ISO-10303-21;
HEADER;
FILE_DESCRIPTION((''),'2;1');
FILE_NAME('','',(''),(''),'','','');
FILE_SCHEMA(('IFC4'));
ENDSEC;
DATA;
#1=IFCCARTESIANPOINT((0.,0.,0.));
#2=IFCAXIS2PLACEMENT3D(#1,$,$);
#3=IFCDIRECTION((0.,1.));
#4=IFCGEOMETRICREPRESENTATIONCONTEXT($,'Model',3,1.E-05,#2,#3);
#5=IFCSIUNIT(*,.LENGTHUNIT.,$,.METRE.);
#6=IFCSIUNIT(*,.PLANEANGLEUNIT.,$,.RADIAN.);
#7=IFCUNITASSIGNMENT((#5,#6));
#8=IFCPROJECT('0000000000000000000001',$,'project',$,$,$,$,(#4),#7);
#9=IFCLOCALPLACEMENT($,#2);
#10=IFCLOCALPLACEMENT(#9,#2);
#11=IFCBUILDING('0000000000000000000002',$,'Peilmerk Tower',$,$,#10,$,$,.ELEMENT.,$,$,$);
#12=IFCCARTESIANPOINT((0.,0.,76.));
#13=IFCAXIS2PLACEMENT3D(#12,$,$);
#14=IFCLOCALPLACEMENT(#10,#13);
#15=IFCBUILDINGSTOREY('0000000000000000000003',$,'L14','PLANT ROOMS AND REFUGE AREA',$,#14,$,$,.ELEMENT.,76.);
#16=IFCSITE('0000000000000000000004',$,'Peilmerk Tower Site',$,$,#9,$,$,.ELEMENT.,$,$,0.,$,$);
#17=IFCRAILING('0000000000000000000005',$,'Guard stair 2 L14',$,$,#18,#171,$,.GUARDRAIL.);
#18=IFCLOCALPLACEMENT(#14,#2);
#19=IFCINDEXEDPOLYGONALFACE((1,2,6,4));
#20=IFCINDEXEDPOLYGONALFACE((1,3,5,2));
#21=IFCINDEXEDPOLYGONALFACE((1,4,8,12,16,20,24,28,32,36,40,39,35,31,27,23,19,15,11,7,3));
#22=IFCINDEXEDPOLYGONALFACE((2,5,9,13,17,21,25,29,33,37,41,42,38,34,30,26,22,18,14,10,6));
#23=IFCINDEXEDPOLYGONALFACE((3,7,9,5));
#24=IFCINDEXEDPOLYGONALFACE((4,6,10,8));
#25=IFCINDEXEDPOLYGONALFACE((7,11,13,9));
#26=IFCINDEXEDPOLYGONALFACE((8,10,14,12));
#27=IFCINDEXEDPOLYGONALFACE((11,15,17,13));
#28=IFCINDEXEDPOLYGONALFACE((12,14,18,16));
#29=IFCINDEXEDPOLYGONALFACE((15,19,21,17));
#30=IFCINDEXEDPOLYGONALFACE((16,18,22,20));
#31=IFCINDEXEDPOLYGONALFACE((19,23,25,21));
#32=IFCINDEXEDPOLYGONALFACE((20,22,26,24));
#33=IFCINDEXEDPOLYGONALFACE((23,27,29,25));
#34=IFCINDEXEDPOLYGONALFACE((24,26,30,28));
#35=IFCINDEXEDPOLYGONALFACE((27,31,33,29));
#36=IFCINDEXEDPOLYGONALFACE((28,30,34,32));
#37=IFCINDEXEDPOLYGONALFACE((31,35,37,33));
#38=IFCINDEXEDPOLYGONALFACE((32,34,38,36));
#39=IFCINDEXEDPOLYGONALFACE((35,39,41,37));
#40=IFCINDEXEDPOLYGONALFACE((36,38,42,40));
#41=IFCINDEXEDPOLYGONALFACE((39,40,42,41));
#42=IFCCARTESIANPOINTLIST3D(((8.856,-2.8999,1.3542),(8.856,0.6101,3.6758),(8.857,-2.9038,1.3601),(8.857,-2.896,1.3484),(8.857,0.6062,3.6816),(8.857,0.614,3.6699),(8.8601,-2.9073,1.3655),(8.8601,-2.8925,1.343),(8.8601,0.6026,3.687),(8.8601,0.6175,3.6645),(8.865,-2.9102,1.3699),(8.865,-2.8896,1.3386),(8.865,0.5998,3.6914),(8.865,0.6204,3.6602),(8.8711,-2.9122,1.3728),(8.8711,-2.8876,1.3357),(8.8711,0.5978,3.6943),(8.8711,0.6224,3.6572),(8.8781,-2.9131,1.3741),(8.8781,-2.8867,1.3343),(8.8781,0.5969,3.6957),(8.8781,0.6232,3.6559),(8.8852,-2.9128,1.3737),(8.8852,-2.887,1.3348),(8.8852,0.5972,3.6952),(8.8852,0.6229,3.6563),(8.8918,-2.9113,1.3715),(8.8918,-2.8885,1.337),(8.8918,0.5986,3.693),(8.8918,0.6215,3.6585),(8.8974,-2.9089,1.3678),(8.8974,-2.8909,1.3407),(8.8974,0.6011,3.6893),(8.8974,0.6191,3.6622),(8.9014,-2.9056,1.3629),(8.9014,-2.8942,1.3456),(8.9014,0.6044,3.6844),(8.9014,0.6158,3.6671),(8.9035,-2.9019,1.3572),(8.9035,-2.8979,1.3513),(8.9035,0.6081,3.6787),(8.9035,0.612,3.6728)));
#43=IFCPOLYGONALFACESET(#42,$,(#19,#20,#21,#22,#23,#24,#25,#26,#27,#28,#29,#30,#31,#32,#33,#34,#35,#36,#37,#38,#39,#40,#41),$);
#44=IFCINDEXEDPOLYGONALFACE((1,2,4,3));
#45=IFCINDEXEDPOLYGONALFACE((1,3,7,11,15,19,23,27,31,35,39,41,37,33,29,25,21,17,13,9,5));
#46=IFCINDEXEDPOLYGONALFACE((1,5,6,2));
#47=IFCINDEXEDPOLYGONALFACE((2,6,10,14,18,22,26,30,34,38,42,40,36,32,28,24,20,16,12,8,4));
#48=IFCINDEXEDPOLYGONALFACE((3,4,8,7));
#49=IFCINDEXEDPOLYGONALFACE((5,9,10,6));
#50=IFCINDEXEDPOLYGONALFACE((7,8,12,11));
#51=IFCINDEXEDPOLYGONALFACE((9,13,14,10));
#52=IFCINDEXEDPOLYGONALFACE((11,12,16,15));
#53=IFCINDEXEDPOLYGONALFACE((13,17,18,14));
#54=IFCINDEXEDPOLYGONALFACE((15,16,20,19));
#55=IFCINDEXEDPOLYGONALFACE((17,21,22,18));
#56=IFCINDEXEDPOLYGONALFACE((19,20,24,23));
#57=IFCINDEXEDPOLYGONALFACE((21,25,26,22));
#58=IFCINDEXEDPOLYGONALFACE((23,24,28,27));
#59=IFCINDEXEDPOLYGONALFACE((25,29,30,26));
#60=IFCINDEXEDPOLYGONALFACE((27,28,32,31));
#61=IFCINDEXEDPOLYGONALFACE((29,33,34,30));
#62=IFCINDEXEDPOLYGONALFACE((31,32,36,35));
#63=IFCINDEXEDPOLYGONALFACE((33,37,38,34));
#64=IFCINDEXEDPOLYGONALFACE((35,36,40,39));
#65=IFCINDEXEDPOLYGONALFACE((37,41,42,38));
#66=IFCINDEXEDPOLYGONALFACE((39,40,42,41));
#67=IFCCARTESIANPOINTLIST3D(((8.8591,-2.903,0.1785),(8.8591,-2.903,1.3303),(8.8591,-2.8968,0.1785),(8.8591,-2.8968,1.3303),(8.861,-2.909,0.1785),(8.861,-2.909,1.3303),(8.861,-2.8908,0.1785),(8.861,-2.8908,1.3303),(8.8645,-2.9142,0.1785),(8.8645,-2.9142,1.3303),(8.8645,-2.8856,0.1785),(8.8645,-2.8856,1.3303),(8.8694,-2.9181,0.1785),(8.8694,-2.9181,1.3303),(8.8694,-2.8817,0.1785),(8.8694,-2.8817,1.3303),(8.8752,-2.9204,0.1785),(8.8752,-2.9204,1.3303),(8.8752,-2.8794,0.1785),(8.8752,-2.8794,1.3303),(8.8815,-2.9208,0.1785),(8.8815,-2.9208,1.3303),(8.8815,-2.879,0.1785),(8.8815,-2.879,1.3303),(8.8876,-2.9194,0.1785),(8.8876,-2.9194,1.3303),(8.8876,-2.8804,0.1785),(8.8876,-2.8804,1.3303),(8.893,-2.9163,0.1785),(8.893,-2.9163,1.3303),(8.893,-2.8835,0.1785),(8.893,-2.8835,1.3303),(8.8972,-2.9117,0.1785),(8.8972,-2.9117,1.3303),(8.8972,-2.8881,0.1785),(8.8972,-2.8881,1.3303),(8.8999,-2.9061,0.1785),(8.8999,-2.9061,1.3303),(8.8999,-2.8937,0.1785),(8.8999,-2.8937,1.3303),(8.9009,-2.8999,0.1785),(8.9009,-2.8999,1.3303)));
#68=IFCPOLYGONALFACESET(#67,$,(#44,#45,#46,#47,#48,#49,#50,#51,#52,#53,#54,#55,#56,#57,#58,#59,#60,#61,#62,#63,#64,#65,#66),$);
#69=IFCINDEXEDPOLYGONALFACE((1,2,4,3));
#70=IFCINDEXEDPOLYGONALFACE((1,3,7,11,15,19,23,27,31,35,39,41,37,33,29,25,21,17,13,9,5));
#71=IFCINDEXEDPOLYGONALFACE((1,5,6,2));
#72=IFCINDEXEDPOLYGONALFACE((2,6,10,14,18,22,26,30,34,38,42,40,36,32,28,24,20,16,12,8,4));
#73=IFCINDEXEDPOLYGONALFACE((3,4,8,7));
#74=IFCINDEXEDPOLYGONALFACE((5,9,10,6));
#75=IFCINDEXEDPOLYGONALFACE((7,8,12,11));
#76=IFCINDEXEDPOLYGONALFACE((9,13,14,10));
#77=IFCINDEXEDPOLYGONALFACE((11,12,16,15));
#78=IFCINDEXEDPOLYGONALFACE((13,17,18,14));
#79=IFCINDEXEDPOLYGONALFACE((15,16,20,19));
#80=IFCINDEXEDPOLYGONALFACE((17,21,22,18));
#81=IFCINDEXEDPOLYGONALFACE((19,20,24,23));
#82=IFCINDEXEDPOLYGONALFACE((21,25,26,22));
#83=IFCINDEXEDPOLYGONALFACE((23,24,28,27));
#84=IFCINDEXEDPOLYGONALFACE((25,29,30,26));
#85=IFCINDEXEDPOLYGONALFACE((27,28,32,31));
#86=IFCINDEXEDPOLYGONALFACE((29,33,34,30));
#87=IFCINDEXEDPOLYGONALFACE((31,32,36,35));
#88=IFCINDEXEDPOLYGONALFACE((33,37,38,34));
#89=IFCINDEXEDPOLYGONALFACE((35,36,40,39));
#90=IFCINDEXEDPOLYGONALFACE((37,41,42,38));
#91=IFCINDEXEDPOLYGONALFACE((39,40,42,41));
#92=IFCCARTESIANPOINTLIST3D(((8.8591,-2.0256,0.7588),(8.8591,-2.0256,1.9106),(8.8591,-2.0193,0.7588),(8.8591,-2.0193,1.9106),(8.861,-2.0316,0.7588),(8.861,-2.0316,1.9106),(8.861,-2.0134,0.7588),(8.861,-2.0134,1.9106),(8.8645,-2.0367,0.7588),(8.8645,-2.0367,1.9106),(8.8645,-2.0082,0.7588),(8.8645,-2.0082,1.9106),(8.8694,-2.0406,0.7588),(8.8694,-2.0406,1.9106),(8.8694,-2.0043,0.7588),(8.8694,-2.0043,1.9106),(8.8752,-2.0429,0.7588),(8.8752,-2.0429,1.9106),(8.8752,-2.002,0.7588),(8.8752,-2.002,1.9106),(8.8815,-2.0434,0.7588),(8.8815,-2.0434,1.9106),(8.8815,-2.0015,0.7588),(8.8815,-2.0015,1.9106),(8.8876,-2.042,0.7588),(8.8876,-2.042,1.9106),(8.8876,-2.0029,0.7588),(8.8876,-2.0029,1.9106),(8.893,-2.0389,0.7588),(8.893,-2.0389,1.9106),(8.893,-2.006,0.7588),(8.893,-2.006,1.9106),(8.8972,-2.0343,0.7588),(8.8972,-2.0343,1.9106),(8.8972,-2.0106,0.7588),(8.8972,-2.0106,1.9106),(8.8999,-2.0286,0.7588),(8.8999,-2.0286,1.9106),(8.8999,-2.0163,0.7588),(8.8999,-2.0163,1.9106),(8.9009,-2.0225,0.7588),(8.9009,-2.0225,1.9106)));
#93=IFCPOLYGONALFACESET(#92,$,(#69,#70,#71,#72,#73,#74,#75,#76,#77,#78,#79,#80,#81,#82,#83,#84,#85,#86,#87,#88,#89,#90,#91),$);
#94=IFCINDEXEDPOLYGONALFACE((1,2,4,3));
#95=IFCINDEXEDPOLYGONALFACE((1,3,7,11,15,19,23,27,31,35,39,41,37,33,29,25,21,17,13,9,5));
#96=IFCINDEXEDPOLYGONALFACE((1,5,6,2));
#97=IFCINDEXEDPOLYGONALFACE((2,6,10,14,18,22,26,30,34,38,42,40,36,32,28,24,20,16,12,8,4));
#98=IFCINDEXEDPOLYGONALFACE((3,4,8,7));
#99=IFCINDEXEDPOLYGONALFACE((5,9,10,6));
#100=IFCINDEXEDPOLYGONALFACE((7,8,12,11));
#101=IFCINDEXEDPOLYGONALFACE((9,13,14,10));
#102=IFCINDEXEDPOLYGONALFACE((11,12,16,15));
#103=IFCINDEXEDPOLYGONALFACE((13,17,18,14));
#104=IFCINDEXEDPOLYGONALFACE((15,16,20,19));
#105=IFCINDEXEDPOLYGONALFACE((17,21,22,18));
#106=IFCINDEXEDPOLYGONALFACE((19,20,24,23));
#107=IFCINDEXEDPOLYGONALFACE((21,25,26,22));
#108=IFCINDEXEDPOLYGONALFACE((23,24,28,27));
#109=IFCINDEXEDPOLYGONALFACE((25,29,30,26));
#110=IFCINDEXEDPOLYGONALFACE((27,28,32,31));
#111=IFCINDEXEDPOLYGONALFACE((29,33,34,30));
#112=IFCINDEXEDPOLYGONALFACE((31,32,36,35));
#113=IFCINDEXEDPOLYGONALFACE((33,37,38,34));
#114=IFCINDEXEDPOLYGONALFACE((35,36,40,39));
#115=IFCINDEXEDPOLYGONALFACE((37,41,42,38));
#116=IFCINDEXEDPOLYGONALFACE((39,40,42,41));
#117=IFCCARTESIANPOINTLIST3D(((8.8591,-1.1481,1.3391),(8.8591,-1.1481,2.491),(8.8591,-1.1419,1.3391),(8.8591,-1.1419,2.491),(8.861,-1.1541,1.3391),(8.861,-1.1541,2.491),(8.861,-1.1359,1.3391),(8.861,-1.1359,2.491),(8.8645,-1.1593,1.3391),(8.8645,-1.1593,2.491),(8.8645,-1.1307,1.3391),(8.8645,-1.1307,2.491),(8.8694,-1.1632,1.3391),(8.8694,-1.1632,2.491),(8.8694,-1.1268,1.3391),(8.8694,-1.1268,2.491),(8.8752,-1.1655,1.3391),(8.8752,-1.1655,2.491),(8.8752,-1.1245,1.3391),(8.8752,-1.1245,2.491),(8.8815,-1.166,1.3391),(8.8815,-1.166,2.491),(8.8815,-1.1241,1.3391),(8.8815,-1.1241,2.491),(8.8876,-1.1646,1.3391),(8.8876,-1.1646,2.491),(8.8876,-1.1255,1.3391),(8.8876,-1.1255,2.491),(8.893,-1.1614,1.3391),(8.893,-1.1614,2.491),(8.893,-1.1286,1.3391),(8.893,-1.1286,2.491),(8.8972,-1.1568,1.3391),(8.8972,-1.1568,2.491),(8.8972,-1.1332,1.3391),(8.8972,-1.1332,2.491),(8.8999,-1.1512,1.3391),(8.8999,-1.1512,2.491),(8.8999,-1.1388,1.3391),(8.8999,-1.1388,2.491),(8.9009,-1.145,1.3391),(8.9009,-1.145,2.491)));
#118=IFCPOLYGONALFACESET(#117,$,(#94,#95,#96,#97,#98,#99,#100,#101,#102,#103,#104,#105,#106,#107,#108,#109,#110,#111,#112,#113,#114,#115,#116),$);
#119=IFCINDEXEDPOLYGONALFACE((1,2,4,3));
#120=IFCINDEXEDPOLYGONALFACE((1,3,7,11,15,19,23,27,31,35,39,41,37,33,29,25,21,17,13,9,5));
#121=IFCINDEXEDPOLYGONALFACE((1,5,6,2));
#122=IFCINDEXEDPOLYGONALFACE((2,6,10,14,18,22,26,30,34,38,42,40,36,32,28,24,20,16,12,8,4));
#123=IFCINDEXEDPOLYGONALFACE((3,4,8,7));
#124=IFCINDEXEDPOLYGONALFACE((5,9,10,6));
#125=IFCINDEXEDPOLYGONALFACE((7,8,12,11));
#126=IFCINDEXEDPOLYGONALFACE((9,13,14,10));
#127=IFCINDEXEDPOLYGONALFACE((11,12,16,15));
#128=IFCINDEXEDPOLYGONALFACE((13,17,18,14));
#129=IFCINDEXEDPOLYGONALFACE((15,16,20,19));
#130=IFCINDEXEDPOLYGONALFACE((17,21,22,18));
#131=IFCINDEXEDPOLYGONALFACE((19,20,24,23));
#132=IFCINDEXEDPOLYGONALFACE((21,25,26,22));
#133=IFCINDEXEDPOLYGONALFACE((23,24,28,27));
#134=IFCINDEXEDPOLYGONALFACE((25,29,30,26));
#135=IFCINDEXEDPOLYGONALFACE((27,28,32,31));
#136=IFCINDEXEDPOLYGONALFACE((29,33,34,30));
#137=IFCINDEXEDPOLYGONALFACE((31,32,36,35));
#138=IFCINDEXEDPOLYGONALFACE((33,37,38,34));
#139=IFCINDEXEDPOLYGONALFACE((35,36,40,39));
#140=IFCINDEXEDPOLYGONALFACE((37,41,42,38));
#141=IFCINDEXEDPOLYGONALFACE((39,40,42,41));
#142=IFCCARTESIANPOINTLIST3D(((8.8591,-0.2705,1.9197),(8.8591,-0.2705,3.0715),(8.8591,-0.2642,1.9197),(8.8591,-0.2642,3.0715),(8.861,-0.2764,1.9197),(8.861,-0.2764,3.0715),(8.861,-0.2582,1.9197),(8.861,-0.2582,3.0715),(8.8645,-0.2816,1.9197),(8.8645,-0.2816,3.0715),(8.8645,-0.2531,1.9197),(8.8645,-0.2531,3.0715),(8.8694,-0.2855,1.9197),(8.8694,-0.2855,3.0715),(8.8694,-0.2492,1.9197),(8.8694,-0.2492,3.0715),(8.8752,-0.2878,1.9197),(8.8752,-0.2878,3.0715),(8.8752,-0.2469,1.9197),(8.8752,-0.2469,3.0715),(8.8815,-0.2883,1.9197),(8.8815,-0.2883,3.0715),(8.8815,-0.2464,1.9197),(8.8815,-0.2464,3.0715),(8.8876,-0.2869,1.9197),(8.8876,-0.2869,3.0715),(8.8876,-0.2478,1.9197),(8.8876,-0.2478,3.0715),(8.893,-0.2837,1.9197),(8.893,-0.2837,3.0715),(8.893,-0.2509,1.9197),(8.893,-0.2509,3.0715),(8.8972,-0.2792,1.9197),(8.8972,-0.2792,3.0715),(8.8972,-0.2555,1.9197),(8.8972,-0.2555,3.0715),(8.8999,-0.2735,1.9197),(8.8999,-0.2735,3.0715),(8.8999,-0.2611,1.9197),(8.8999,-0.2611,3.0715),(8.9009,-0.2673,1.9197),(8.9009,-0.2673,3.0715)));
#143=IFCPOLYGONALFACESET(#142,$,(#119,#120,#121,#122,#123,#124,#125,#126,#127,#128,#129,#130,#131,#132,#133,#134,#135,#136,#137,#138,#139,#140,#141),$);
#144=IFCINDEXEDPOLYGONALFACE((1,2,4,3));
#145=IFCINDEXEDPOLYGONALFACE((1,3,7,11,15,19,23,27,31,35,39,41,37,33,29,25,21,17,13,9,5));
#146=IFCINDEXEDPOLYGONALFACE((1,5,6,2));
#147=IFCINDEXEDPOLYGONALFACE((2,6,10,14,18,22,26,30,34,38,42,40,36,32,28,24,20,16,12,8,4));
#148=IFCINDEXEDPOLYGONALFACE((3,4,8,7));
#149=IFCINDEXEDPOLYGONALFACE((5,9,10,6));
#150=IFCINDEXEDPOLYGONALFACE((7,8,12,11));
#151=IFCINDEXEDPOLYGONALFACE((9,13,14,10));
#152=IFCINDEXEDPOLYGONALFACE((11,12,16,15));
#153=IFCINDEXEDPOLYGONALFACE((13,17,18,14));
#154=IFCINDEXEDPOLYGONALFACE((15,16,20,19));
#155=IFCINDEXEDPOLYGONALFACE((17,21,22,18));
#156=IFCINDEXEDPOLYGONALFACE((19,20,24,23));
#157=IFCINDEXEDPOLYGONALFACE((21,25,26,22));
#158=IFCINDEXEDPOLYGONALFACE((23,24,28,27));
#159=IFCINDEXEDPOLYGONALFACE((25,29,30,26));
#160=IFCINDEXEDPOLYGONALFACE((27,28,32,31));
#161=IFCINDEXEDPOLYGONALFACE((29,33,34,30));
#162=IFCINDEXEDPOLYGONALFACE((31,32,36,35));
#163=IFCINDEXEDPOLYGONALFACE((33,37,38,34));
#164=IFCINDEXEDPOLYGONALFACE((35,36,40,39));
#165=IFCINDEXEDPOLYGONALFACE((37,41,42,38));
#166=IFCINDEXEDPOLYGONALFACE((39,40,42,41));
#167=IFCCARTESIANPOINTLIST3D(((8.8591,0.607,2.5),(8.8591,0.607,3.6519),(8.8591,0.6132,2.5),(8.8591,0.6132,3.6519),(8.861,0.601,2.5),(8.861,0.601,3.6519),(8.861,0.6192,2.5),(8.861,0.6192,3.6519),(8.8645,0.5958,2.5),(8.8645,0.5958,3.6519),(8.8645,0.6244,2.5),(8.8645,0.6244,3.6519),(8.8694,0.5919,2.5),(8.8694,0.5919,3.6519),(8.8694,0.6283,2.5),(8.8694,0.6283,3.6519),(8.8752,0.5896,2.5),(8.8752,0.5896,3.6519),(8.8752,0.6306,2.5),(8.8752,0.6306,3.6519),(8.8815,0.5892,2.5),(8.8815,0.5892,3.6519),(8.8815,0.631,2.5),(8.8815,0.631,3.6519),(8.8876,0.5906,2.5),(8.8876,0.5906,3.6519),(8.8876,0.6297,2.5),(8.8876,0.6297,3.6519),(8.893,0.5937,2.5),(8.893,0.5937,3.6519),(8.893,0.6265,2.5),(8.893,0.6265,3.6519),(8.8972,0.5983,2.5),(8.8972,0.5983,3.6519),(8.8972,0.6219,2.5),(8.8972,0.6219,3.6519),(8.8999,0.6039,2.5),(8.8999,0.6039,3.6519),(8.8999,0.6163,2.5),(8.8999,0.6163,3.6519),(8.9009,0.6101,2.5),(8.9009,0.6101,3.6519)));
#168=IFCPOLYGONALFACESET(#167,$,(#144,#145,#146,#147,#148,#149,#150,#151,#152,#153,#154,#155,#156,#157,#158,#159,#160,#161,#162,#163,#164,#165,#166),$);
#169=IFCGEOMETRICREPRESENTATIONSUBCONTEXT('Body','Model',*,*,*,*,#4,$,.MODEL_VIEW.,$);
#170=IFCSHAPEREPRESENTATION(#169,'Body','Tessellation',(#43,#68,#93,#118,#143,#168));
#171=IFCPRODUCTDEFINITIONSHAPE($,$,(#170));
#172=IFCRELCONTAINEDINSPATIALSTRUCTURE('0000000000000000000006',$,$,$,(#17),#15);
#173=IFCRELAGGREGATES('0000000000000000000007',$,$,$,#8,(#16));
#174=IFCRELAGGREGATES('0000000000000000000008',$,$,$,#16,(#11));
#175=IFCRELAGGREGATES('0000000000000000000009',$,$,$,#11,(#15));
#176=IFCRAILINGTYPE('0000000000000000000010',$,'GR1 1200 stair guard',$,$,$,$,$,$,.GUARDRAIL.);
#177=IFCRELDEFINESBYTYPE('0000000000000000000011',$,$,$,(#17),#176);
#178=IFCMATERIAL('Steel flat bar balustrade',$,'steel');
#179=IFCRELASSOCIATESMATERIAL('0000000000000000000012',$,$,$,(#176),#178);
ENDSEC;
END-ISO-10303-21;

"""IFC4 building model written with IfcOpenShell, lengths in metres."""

from ifc_helpers import new_model, si_unit, direction, frame, origin, origin_2d, place, context, subcontext, project, spatial, circle, extrude, material, type_object, element, save


model = new_model("IFC4")

# Units and contexts
model_context = context("Model", 3, precision=1e-05, world=origin(), true_north=direction((0.0, 1.0)))
body_context = subcontext(model_context, "Body", "Model", "MODEL_VIEW")
ifc_project = project(units=[si_unit("LENGTHUNIT", "METRE"), si_unit("PLANEANGLEUNIT", "RADIAN")], contexts=[model_context])

# Site, building, storey
site_placement = place(None, origin())
site = spatial("IfcSite", under=ifc_project, at=site_placement, Name="Peilmerk Tower Site", CompositionType="ELEMENT", RefElevation=0.0)
building_placement = place(site_placement, origin())
building = spatial("IfcBuilding", under=site, at=building_placement, Name="Peilmerk Tower", CompositionType="ELEMENT")
storey_placement = place(building_placement, frame((0.0, 0.0, 76.0)))
storey = spatial("IfcBuildingStorey", under=building, at=storey_placement, Name="L14", Description="PLANT ROOMS AND REFUGE AREA", CompositionType="ELEMENT", Elevation=76.0)

# Railing
ifc_material_1 = material(Name="Steel flat bar balustrade", Category="steel")
railing_type = type_object("IfcRailingType", Name="GR1 1200 stair guard", PredefinedType="GUARDRAIL", material=ifc_material_1)
railing_placement = place(storey_placement, frame((8.8799, -2.8999, 0.1785)))
element("IfcRailing", 1, at=railing_placement, inside=storey, type_object=railing_type, Name="Guard stair 2 L14", PredefinedType="GUARDRAIL", context=body_context, shape_type="SweptSolid", body=[
    extrude(circle(Radius=0.0239, at=origin_2d()), frame((0.0, 0.0, 1.1758), z_axis=(0.0, 0.834071, 0.551657), x_axis=(-1.0, 0.0, 0.0)), (0.0, 0.0, 1.0), 4.2083),
    extrude(circle(Radius=0.021, at=origin_2d()), origin(), (0.0, 0.0, 1.0), 1.1519),
    extrude(circle(Radius=0.021, at=origin_2d()), frame((0.0, 0.8774, 0.5803)), (0.0, 0.0, 1.0), 1.1519),
    extrude(circle(Radius=0.021, at=origin_2d()), frame((0.0, 1.7549, 1.1606)), (0.0, 0.0, 1.0), 1.1519),
    extrude(circle(Radius=0.021, at=origin_2d()), frame((0.0, 2.6326, 1.7412)), (0.0, 0.0, 1.0), 1.1519),
    extrude(circle(Radius=0.021, at=origin_2d()), frame((0.0, 3.51, 2.3215)), (0.0, 0.0, 1.0), 1.1519),
])

save(model, "model.ifc")
